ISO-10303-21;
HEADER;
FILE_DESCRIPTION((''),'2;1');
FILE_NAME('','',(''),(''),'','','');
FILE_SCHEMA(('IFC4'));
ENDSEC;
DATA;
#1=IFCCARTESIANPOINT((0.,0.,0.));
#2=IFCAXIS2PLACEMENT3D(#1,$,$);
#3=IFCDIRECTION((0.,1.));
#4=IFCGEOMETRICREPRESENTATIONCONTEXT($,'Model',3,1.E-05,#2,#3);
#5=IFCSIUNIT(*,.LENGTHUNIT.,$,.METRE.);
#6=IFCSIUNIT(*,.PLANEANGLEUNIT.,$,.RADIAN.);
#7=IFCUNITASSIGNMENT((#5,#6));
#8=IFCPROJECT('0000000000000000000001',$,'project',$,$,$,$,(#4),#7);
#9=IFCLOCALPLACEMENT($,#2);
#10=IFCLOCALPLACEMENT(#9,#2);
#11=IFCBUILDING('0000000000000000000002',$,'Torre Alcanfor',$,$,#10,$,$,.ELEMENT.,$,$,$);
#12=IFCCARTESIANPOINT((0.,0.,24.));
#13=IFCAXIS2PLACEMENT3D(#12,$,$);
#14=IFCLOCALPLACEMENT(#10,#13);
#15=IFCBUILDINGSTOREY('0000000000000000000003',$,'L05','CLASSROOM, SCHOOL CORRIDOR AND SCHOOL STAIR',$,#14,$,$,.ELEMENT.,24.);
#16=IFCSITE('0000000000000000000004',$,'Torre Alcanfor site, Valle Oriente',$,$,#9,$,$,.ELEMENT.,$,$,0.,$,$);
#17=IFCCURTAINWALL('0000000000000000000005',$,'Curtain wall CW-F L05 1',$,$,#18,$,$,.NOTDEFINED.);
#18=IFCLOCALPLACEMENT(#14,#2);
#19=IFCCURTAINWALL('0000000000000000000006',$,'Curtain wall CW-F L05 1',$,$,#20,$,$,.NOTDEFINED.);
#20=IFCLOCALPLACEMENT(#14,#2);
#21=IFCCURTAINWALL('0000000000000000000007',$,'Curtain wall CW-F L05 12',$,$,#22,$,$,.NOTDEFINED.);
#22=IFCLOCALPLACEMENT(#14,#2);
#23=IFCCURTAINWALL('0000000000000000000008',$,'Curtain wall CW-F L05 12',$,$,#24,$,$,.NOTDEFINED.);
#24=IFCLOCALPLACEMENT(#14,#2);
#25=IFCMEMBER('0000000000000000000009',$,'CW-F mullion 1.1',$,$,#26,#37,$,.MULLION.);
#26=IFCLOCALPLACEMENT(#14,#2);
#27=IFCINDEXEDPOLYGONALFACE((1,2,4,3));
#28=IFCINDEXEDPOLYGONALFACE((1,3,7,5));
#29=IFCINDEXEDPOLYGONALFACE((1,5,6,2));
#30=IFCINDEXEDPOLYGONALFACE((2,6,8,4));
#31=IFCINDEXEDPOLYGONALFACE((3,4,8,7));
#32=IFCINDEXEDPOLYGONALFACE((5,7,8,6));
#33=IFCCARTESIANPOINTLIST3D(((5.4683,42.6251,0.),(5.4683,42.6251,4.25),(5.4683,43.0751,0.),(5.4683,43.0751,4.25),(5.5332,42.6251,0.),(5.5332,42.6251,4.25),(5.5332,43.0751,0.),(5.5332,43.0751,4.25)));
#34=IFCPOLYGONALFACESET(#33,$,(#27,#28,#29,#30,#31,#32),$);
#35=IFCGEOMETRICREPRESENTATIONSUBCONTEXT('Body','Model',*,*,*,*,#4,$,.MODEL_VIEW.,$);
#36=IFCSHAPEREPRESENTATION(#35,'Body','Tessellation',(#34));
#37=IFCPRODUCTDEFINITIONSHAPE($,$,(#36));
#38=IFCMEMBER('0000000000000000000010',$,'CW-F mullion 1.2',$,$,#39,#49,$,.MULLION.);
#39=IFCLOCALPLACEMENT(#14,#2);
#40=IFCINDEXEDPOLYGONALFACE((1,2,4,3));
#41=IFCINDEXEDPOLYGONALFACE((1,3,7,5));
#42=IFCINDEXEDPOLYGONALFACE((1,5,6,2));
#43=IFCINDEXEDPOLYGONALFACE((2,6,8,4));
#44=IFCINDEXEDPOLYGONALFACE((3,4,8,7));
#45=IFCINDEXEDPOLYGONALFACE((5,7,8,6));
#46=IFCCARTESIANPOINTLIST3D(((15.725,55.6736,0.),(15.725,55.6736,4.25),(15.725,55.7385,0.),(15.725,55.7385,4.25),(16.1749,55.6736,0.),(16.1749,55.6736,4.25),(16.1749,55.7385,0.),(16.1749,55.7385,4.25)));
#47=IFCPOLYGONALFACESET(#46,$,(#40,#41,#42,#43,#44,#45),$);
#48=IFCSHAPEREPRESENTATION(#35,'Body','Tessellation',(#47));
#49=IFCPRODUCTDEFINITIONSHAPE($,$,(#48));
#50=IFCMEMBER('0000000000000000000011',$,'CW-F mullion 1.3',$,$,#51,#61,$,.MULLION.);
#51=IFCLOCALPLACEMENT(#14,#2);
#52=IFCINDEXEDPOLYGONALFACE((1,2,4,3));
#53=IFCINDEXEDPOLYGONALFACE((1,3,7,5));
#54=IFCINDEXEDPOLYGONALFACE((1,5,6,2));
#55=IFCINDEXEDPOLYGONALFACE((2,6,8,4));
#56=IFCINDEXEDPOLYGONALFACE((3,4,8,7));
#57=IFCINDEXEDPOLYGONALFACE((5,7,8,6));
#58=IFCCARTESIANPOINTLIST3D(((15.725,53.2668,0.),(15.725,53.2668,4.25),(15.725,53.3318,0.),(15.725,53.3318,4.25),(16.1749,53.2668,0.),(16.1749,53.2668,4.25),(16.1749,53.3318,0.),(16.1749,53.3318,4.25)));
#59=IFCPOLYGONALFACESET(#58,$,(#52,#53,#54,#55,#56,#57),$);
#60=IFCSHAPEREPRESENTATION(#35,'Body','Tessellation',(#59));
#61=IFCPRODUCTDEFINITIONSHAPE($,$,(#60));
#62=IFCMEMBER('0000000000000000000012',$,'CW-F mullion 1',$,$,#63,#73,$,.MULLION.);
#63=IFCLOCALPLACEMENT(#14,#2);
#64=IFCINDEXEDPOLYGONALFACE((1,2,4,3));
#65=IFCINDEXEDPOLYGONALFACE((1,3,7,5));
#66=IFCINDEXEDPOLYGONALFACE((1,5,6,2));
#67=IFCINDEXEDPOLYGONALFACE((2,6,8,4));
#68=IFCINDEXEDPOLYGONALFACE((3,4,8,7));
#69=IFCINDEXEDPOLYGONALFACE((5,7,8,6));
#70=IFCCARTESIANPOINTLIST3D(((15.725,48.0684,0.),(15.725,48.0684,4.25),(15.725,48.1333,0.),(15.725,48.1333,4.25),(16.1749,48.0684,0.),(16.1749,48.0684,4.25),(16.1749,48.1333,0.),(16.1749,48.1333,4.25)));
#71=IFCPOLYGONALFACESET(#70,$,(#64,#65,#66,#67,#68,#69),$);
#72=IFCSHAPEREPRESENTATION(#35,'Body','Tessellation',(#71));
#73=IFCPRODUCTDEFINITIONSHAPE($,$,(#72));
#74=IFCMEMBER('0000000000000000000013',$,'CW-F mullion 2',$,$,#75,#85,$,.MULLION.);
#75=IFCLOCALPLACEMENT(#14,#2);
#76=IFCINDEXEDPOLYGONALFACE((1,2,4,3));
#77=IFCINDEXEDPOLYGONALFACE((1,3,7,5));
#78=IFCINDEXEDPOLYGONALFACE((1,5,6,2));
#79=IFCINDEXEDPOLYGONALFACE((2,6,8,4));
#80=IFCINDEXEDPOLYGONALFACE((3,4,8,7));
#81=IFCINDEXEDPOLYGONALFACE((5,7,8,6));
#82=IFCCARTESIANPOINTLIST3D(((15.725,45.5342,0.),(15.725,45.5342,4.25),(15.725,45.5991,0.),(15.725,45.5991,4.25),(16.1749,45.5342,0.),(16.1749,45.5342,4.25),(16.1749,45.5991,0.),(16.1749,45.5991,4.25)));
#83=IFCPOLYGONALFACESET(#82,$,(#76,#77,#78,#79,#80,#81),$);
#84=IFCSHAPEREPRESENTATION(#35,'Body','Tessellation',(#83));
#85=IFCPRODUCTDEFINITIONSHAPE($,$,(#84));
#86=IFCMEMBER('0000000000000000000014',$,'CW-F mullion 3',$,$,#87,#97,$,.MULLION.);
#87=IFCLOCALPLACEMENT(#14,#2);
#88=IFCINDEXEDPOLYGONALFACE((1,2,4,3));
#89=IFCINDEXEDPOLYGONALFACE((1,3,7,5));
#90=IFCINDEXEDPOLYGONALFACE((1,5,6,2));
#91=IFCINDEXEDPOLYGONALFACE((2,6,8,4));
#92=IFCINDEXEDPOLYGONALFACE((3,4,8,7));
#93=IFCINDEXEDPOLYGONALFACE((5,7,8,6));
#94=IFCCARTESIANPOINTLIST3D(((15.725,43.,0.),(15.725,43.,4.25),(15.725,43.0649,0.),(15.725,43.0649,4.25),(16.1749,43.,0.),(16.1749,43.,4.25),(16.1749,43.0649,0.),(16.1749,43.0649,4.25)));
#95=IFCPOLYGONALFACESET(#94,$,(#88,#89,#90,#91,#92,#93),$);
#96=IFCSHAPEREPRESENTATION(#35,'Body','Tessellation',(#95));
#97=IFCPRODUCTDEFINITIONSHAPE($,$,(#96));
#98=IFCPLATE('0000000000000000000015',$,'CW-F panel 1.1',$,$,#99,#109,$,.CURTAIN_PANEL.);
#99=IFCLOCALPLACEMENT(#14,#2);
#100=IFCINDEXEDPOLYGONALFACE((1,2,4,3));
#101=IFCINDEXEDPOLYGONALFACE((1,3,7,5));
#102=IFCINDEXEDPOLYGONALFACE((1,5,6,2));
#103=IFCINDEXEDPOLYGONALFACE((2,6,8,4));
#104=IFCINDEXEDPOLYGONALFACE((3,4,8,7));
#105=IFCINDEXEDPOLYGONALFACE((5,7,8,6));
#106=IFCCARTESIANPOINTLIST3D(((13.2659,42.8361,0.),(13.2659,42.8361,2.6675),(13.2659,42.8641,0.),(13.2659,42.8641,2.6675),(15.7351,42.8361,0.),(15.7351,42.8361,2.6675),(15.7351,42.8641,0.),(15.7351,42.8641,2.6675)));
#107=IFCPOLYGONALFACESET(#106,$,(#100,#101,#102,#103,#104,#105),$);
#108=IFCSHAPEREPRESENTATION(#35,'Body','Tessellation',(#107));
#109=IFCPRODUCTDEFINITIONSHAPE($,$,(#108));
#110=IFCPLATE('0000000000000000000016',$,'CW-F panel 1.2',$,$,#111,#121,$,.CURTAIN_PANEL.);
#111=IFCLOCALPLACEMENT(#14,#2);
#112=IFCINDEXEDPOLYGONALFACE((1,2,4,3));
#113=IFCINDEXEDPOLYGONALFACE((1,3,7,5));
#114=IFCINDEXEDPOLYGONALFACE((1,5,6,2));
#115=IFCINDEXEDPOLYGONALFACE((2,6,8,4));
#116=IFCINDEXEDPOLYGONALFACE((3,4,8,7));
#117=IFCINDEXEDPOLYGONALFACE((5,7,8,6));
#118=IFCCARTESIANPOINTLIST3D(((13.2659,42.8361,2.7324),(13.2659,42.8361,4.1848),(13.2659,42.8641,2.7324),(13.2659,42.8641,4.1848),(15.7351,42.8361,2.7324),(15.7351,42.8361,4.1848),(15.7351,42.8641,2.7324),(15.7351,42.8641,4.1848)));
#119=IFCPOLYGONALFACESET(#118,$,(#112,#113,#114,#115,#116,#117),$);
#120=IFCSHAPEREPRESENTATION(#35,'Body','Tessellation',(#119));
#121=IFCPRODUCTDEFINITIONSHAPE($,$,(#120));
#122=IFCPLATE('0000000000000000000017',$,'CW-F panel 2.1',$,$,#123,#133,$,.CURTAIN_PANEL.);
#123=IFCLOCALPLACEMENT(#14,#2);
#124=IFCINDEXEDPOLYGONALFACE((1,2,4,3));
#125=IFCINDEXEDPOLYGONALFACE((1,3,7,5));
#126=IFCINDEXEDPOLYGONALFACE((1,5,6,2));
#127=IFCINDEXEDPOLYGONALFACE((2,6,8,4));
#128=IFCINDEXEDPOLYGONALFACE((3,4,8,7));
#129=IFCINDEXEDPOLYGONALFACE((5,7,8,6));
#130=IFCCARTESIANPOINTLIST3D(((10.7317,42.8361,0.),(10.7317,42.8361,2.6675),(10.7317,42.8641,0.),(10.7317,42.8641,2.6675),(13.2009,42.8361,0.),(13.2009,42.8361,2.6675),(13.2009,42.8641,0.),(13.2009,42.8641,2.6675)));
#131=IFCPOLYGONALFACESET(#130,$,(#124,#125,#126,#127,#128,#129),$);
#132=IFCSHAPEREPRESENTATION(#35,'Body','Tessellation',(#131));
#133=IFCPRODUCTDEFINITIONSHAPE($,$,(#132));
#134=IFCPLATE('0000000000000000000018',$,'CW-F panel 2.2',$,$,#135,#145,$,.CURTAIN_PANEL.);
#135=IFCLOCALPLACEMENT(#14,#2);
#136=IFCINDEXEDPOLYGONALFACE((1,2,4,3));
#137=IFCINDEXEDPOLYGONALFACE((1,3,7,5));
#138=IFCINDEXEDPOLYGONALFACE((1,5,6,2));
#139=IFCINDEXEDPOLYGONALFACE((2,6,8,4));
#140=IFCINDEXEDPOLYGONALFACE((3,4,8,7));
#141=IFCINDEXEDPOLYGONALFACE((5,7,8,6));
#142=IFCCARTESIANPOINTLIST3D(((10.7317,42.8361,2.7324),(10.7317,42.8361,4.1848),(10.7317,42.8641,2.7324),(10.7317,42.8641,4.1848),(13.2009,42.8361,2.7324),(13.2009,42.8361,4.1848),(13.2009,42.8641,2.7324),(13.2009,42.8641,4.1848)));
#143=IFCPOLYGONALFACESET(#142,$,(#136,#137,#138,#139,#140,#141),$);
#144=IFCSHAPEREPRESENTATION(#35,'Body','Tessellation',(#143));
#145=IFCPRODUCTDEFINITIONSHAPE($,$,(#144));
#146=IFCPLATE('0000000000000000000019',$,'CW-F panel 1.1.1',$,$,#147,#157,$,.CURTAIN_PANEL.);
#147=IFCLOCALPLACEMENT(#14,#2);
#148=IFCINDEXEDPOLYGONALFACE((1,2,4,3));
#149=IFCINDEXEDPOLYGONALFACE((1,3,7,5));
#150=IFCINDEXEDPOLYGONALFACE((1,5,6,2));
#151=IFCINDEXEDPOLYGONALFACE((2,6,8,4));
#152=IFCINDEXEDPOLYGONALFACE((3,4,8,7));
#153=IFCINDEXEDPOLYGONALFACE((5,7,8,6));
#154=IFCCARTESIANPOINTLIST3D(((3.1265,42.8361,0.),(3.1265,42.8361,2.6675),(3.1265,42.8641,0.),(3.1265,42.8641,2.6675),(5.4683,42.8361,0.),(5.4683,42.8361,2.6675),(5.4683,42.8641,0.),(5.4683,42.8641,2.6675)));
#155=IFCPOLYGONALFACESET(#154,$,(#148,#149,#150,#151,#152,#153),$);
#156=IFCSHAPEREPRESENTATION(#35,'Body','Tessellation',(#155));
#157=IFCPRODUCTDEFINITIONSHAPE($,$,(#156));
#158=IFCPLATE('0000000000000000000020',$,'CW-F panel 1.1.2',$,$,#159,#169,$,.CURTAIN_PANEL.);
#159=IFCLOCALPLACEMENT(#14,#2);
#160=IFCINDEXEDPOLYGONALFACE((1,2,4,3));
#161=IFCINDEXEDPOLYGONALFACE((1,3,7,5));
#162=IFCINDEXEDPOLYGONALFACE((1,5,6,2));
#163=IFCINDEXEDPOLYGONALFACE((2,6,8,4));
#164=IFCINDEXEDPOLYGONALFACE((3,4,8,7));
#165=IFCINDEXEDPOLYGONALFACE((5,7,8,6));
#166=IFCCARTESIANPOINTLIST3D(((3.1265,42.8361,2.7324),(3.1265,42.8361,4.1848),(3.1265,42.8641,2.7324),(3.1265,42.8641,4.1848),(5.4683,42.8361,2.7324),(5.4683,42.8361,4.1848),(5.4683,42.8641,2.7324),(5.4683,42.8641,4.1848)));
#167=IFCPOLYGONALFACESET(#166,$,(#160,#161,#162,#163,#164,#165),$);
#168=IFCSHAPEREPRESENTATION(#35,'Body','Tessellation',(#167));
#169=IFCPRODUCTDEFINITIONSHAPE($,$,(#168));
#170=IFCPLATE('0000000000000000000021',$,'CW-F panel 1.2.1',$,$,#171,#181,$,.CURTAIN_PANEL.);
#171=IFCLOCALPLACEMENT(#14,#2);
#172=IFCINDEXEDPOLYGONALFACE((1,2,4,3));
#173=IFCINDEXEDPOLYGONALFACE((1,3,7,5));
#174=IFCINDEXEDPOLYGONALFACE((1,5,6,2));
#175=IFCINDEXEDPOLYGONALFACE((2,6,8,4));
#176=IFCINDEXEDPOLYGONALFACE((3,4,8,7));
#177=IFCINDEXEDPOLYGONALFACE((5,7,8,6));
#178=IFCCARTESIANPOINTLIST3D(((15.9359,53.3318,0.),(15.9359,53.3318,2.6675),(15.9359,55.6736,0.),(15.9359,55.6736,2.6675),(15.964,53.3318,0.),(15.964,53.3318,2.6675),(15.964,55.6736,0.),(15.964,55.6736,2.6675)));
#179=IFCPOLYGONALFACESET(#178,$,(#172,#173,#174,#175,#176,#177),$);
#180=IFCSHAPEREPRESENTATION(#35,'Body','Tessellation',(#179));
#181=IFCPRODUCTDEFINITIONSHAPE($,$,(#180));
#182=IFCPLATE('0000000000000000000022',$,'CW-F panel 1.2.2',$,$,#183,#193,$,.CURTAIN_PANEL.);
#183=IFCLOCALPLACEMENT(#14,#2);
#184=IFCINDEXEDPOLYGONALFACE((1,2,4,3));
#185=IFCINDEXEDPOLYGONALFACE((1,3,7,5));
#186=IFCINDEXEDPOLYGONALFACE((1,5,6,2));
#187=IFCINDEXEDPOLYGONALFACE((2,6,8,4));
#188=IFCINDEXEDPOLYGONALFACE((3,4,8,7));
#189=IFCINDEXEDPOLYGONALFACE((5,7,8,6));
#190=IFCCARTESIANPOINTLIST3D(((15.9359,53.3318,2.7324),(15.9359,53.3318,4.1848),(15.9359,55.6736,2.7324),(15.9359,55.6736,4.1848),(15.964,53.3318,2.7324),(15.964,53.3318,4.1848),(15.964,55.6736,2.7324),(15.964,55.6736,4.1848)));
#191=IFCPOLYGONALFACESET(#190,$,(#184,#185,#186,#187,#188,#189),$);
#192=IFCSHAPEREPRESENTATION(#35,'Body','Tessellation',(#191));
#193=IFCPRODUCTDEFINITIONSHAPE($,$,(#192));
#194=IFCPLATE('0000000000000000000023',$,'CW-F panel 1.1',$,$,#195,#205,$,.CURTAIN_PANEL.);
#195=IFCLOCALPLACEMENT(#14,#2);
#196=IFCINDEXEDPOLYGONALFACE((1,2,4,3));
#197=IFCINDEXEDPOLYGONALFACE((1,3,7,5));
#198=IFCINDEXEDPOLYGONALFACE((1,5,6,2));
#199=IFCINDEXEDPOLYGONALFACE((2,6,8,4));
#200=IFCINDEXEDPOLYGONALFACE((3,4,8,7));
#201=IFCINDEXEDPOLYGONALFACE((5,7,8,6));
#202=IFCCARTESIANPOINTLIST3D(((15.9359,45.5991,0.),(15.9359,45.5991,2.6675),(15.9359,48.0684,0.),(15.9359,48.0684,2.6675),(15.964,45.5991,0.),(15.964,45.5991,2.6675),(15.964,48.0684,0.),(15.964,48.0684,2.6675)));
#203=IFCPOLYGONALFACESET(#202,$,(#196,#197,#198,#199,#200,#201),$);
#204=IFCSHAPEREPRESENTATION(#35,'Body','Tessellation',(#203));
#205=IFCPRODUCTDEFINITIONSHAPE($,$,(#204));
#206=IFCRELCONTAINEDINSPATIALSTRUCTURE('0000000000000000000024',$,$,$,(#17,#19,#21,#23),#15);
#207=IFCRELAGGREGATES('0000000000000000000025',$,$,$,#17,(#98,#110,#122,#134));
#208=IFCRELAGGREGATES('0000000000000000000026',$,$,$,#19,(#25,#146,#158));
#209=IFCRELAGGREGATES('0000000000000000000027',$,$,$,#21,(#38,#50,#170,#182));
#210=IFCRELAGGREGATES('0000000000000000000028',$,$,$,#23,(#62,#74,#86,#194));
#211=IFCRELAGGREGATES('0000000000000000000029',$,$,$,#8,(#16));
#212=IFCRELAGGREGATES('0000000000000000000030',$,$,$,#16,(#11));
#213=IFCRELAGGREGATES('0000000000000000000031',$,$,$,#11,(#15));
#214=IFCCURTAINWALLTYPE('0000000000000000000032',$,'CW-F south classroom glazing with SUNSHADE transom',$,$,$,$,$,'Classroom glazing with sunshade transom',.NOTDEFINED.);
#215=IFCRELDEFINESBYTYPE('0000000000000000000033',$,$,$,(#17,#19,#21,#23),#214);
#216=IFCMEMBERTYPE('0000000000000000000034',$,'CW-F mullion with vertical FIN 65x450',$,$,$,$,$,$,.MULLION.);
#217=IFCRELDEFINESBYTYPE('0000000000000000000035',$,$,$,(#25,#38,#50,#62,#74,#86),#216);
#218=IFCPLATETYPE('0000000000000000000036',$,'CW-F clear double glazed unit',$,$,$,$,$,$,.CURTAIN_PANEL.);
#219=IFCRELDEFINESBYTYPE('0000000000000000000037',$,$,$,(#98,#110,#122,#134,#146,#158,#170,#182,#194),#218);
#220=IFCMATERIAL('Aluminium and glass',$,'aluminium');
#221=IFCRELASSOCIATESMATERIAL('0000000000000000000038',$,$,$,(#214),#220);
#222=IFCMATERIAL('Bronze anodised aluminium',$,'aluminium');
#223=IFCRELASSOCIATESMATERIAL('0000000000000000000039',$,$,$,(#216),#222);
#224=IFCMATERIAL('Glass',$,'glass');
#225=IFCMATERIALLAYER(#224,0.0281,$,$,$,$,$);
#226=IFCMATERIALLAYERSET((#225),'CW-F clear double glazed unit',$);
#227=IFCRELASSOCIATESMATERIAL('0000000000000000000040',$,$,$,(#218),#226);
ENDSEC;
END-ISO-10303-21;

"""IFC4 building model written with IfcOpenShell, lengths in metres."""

from ifc_helpers import new_model, si_unit, direction, frame, origin, origin_2d, place, context, subcontext, project, spatial, rectangle, extrude, material, layer, layer_set, material_profile, profile_set, type_object, element, aggregate, save


model = new_model("IFC4")

# Units and contexts
model_context = context("Model", 3, precision=1e-05, world=origin(), true_north=direction((0.0, 1.0)))
body_context = subcontext(model_context, "Body", "Model", "MODEL_VIEW")
ifc_project = project(units=[si_unit("LENGTHUNIT", "METRE"), si_unit("PLANEANGLEUNIT", "RADIAN")], contexts=[model_context])

# Site, building, storey
site_placement = place(None, origin())
site = spatial("IfcSite", under=ifc_project, at=site_placement, Name="Torre Alcanfor site, Valle Oriente", CompositionType="ELEMENT", RefElevation=0.0)
building_placement = place(site_placement, origin())
building = spatial("IfcBuilding", under=site, at=building_placement, Name="Torre Alcanfor", CompositionType="ELEMENT")
storey_placement = place(building_placement, frame((0.0, 0.0, 24.0)))
storey = spatial("IfcBuildingStorey", under=building, at=storey_placement, Name="L05", Description="CLASSROOM, SCHOOL CORRIDOR AND SCHOOL STAIR", CompositionType="ELEMENT", Elevation=24.0)

# Curtain walls
ifc_material_1 = material(Name="Aluminium and glass", Category="aluminium")
curtain_wall_type = type_object("IfcCurtainWallType", Name="CW-F south classroom glazing with SUNSHADE transom", ElementType="Classroom glazing with sunshade transom", PredefinedType="NOTDEFINED", material=ifc_material_1)
curtain_wall_1_placement = place(storey_placement, origin())
curtain_wall_1 = element("IfcCurtainWall", 1, at=curtain_wall_1_placement, inside=storey, type_object=curtain_wall_type, Name="Curtain wall CW-F L05 1", PredefinedType="NOTDEFINED")
curtain_wall_2_placement = place(storey_placement, origin())
curtain_wall_2 = element("IfcCurtainWall", 2, at=curtain_wall_2_placement, inside=storey, type_object=curtain_wall_type, Name="Curtain wall CW-F L05 1", PredefinedType="NOTDEFINED")
curtain_wall_3_placement = place(storey_placement, origin())
curtain_wall_3 = element("IfcCurtainWall", 3, at=curtain_wall_3_placement, inside=storey, type_object=curtain_wall_type, Name="Curtain wall CW-F L05 12", PredefinedType="NOTDEFINED")
curtain_wall_4_placement = place(storey_placement, origin())
curtain_wall_4 = element("IfcCurtainWall", 4, at=curtain_wall_4_placement, inside=storey, type_object=curtain_wall_type, Name="Curtain wall CW-F L05 12", PredefinedType="NOTDEFINED")

# Members
ifc_material_2 = material(Name="Bronze anodised aluminium", Category="aluminium")
ifc_material_profile_1 = material_profile(ifc_material_2, rectangle(XDim=0.45, YDim=0.0649, at=origin_2d()), Name="CW-F mullion 65x450")
ifc_profile_set_1 = profile_set([ifc_material_profile_1], Name="Bronze anodised aluminium")
member_type_1 = type_object("IfcMemberType", Name="CW-F mullion with vertical FIN 65x450", PredefinedType="MULLION", material=ifc_profile_set_1)
member_1_placement = place(storey_placement, frame((5.5007, 42.8501, 0.0), z_axis=(0.0, 0.0, 1.0), x_axis=(0.0, -1.0, 0.0)))
member_1 = element("IfcMember", 5, at=member_1_placement, type_object=member_type_1, Name="CW-F mullion 1.1", PredefinedType="MULLION", context=body_context, shape_type="SweptSolid", body=[
    extrude(rectangle(XDim=0.45, YDim=0.0649, at=origin_2d()), origin(), (0.0, 0.0, 1.0), 4.25),
])
member_2_placement = place(storey_placement, frame((15.95, 55.7061, 0.0), z_axis=(0.0, 0.0, 1.0), x_axis=(1.0, 0.0, 0.0)))
member_2 = element("IfcMember", 6, at=member_2_placement, type_object=member_type_1, Name="CW-F mullion 1.2", PredefinedType="MULLION", context=body_context, shape_type="SweptSolid", body=[
    extrude(rectangle(XDim=0.45, YDim=0.0649, at=origin_2d()), origin(), (0.0, 0.0, 1.0), 4.25),
])
member_3_placement = place(storey_placement, frame((15.95, 53.2993, 0.0), z_axis=(0.0, 0.0, 1.0), x_axis=(1.0, 0.0, 0.0)))
member_3 = element("IfcMember", 7, at=member_3_placement, type_object=member_type_1, Name="CW-F mullion 1.3", PredefinedType="MULLION", context=body_context, shape_type="SweptSolid", body=[
    extrude(rectangle(XDim=0.45, YDim=0.0649, at=origin_2d()), origin(), (0.0, 0.0, 1.0), 4.25),
])
member_4_placement = place(storey_placement, frame((15.95, 48.1008, 0.0), z_axis=(0.0, 0.0, 1.0), x_axis=(1.0, 0.0, 0.0)))
member_4 = element("IfcMember", 8, at=member_4_placement, type_object=member_type_1, Name="CW-F mullion 1", PredefinedType="MULLION", context=body_context, shape_type="SweptSolid", body=[
    extrude(rectangle(XDim=0.45, YDim=0.0649, at=origin_2d()), origin(), (0.0, 0.0, 1.0), 4.25),
])
member_5_placement = place(storey_placement, frame((15.95, 45.5667, 0.0), z_axis=(0.0, 0.0, 1.0), x_axis=(1.0, 0.0, 0.0)))
member_5 = element("IfcMember", 9, at=member_5_placement, type_object=member_type_1, Name="CW-F mullion 2", PredefinedType="MULLION", context=body_context, shape_type="SweptSolid", body=[
    extrude(rectangle(XDim=0.45, YDim=0.0649, at=origin_2d()), origin(), (0.0, 0.0, 1.0), 4.25),
])
member_6_placement = place(storey_placement, frame((15.95, 43.0325, 0.0), z_axis=(0.0, 0.0, 1.0), x_axis=(1.0, 0.0, 0.0)))
member_6 = element("IfcMember", 10, at=member_6_placement, type_object=member_type_1, Name="CW-F mullion 3", PredefinedType="MULLION", context=body_context, shape_type="SweptSolid", body=[
    extrude(rectangle(XDim=0.45, YDim=0.0649, at=origin_2d()), origin(), (0.0, 0.0, 1.0), 4.25),
])

# Plates
ifc_material_3 = material(Name="Glass", Category="glass")
ifc_layer_1 = layer(ifc_material_3, 0.0281)
ifc_layer_set_1 = layer_set([ifc_layer_1], Name="CW-F clear double glazed unit")
plate_type = type_object("IfcPlateType", Name="CW-F clear double glazed unit", PredefinedType="CURTAIN_PANEL", material=ifc_layer_set_1)
plate_1_placement = place(storey_placement, frame((14.5005, 42.8501, 0.0), z_axis=(0.0, 0.0, 1.0), x_axis=(-1.0, 0.0, 0.0)))
plate_1 = element("IfcPlate", 11, at=plate_1_placement, type_object=plate_type, Name="CW-F panel 1.1", PredefinedType="CURTAIN_PANEL", context=body_context, shape_type="SweptSolid", body=[
    extrude(rectangle(XDim=2.4692, YDim=0.0281, at=origin_2d()), origin(), (0.0, 0.0, 1.0), 2.6675),
])
plate_2_placement = place(storey_placement, frame((14.5005, 42.8501, 2.7324), z_axis=(0.0, 0.0, 1.0), x_axis=(-1.0, 0.0, 0.0)))
plate_2 = element("IfcPlate", 12, at=plate_2_placement, type_object=plate_type, Name="CW-F panel 1.2", PredefinedType="CURTAIN_PANEL", context=body_context, shape_type="SweptSolid", body=[
    extrude(rectangle(XDim=2.4692, YDim=0.0281, at=origin_2d()), origin(), (0.0, 0.0, 1.0), 1.4524),
])
plate_3_placement = place(storey_placement, frame((11.9663, 42.8501, 0.0), z_axis=(0.0, 0.0, 1.0), x_axis=(-1.0, 0.0, 0.0)))
plate_3 = element("IfcPlate", 13, at=plate_3_placement, type_object=plate_type, Name="CW-F panel 2.1", PredefinedType="CURTAIN_PANEL", context=body_context, shape_type="SweptSolid", body=[
    extrude(rectangle(XDim=2.4692, YDim=0.0281, at=origin_2d()), origin(), (0.0, 0.0, 1.0), 2.6675),
])
plate_4_placement = place(storey_placement, frame((11.9663, 42.8501, 2.7324), z_axis=(0.0, 0.0, 1.0), x_axis=(-1.0, 0.0, 0.0)))
plate_4 = element("IfcPlate", 14, at=plate_4_placement, type_object=plate_type, Name="CW-F panel 2.2", PredefinedType="CURTAIN_PANEL", context=body_context, shape_type="SweptSolid", body=[
    extrude(rectangle(XDim=2.4692, YDim=0.0281, at=origin_2d()), origin(), (0.0, 0.0, 1.0), 1.4524),
])
aggregate(curtain_wall_1, [plate_1, plate_2, plate_3, plate_4])
plate_5_placement = place(storey_placement, frame((4.2974, 42.8501, 0.0), z_axis=(0.0, 0.0, 1.0), x_axis=(-1.0, 0.0, 0.0)))
plate_5 = element("IfcPlate", 15, at=plate_5_placement, type_object=plate_type, Name="CW-F panel 1.1.1", PredefinedType="CURTAIN_PANEL", context=body_context, shape_type="SweptSolid", body=[
    extrude(rectangle(XDim=2.3418, YDim=0.0281, at=origin_2d()), origin(), (0.0, 0.0, 1.0), 2.6675),
])
plate_6_placement = place(storey_placement, frame((4.2974, 42.8501, 2.7324), z_axis=(0.0, 0.0, 1.0), x_axis=(-1.0, 0.0, 0.0)))
plate_6 = element("IfcPlate", 16, at=plate_6_placement, type_object=plate_type, Name="CW-F panel 1.1.2", PredefinedType="CURTAIN_PANEL", context=body_context, shape_type="SweptSolid", body=[
    extrude(rectangle(XDim=2.3418, YDim=0.0281, at=origin_2d()), origin(), (0.0, 0.0, 1.0), 1.4524),
])
aggregate(curtain_wall_2, [member_1, plate_5, plate_6])
plate_7_placement = place(storey_placement, frame((15.95, 54.5027, 0.0), z_axis=(0.0, 0.0, 1.0), x_axis=(0.0, -1.0, 0.0)))
plate_7 = element("IfcPlate", 17, at=plate_7_placement, type_object=plate_type, Name="CW-F panel 1.2.1", PredefinedType="CURTAIN_PANEL", context=body_context, shape_type="SweptSolid", body=[
    extrude(rectangle(XDim=2.3418, YDim=0.0281, at=origin_2d()), origin(), (0.0, 0.0, 1.0), 2.6675),
])
plate_8_placement = place(storey_placement, frame((15.95, 54.5027, 2.7324), z_axis=(0.0, 0.0, 1.0), x_axis=(0.0, -1.0, 0.0)))
plate_8 = element("IfcPlate", 18, at=plate_8_placement, type_object=plate_type, Name="CW-F panel 1.2.2", PredefinedType="CURTAIN_PANEL", context=body_context, shape_type="SweptSolid", body=[
    extrude(rectangle(XDim=2.3418, YDim=0.0281, at=origin_2d()), origin(), (0.0, 0.0, 1.0), 1.4524),
])
aggregate(curtain_wall_3, [member_2, member_3, plate_7, plate_8])
plate_9_placement = place(storey_placement, frame((15.95, 46.8337, 0.0), z_axis=(0.0, 0.0, 1.0), x_axis=(0.0, -1.0, 0.0)))
plate_9 = element("IfcPlate", 19, at=plate_9_placement, type_object=plate_type, Name="CW-F panel 1.1", PredefinedType="CURTAIN_PANEL", context=body_context, shape_type="SweptSolid", body=[
    extrude(rectangle(XDim=2.4692, YDim=0.0281, at=origin_2d()), origin(), (0.0, 0.0, 1.0), 2.6675),
])
aggregate(curtain_wall_4, [member_4, member_5, member_6, plate_9])

save(model, "model.ifc")
